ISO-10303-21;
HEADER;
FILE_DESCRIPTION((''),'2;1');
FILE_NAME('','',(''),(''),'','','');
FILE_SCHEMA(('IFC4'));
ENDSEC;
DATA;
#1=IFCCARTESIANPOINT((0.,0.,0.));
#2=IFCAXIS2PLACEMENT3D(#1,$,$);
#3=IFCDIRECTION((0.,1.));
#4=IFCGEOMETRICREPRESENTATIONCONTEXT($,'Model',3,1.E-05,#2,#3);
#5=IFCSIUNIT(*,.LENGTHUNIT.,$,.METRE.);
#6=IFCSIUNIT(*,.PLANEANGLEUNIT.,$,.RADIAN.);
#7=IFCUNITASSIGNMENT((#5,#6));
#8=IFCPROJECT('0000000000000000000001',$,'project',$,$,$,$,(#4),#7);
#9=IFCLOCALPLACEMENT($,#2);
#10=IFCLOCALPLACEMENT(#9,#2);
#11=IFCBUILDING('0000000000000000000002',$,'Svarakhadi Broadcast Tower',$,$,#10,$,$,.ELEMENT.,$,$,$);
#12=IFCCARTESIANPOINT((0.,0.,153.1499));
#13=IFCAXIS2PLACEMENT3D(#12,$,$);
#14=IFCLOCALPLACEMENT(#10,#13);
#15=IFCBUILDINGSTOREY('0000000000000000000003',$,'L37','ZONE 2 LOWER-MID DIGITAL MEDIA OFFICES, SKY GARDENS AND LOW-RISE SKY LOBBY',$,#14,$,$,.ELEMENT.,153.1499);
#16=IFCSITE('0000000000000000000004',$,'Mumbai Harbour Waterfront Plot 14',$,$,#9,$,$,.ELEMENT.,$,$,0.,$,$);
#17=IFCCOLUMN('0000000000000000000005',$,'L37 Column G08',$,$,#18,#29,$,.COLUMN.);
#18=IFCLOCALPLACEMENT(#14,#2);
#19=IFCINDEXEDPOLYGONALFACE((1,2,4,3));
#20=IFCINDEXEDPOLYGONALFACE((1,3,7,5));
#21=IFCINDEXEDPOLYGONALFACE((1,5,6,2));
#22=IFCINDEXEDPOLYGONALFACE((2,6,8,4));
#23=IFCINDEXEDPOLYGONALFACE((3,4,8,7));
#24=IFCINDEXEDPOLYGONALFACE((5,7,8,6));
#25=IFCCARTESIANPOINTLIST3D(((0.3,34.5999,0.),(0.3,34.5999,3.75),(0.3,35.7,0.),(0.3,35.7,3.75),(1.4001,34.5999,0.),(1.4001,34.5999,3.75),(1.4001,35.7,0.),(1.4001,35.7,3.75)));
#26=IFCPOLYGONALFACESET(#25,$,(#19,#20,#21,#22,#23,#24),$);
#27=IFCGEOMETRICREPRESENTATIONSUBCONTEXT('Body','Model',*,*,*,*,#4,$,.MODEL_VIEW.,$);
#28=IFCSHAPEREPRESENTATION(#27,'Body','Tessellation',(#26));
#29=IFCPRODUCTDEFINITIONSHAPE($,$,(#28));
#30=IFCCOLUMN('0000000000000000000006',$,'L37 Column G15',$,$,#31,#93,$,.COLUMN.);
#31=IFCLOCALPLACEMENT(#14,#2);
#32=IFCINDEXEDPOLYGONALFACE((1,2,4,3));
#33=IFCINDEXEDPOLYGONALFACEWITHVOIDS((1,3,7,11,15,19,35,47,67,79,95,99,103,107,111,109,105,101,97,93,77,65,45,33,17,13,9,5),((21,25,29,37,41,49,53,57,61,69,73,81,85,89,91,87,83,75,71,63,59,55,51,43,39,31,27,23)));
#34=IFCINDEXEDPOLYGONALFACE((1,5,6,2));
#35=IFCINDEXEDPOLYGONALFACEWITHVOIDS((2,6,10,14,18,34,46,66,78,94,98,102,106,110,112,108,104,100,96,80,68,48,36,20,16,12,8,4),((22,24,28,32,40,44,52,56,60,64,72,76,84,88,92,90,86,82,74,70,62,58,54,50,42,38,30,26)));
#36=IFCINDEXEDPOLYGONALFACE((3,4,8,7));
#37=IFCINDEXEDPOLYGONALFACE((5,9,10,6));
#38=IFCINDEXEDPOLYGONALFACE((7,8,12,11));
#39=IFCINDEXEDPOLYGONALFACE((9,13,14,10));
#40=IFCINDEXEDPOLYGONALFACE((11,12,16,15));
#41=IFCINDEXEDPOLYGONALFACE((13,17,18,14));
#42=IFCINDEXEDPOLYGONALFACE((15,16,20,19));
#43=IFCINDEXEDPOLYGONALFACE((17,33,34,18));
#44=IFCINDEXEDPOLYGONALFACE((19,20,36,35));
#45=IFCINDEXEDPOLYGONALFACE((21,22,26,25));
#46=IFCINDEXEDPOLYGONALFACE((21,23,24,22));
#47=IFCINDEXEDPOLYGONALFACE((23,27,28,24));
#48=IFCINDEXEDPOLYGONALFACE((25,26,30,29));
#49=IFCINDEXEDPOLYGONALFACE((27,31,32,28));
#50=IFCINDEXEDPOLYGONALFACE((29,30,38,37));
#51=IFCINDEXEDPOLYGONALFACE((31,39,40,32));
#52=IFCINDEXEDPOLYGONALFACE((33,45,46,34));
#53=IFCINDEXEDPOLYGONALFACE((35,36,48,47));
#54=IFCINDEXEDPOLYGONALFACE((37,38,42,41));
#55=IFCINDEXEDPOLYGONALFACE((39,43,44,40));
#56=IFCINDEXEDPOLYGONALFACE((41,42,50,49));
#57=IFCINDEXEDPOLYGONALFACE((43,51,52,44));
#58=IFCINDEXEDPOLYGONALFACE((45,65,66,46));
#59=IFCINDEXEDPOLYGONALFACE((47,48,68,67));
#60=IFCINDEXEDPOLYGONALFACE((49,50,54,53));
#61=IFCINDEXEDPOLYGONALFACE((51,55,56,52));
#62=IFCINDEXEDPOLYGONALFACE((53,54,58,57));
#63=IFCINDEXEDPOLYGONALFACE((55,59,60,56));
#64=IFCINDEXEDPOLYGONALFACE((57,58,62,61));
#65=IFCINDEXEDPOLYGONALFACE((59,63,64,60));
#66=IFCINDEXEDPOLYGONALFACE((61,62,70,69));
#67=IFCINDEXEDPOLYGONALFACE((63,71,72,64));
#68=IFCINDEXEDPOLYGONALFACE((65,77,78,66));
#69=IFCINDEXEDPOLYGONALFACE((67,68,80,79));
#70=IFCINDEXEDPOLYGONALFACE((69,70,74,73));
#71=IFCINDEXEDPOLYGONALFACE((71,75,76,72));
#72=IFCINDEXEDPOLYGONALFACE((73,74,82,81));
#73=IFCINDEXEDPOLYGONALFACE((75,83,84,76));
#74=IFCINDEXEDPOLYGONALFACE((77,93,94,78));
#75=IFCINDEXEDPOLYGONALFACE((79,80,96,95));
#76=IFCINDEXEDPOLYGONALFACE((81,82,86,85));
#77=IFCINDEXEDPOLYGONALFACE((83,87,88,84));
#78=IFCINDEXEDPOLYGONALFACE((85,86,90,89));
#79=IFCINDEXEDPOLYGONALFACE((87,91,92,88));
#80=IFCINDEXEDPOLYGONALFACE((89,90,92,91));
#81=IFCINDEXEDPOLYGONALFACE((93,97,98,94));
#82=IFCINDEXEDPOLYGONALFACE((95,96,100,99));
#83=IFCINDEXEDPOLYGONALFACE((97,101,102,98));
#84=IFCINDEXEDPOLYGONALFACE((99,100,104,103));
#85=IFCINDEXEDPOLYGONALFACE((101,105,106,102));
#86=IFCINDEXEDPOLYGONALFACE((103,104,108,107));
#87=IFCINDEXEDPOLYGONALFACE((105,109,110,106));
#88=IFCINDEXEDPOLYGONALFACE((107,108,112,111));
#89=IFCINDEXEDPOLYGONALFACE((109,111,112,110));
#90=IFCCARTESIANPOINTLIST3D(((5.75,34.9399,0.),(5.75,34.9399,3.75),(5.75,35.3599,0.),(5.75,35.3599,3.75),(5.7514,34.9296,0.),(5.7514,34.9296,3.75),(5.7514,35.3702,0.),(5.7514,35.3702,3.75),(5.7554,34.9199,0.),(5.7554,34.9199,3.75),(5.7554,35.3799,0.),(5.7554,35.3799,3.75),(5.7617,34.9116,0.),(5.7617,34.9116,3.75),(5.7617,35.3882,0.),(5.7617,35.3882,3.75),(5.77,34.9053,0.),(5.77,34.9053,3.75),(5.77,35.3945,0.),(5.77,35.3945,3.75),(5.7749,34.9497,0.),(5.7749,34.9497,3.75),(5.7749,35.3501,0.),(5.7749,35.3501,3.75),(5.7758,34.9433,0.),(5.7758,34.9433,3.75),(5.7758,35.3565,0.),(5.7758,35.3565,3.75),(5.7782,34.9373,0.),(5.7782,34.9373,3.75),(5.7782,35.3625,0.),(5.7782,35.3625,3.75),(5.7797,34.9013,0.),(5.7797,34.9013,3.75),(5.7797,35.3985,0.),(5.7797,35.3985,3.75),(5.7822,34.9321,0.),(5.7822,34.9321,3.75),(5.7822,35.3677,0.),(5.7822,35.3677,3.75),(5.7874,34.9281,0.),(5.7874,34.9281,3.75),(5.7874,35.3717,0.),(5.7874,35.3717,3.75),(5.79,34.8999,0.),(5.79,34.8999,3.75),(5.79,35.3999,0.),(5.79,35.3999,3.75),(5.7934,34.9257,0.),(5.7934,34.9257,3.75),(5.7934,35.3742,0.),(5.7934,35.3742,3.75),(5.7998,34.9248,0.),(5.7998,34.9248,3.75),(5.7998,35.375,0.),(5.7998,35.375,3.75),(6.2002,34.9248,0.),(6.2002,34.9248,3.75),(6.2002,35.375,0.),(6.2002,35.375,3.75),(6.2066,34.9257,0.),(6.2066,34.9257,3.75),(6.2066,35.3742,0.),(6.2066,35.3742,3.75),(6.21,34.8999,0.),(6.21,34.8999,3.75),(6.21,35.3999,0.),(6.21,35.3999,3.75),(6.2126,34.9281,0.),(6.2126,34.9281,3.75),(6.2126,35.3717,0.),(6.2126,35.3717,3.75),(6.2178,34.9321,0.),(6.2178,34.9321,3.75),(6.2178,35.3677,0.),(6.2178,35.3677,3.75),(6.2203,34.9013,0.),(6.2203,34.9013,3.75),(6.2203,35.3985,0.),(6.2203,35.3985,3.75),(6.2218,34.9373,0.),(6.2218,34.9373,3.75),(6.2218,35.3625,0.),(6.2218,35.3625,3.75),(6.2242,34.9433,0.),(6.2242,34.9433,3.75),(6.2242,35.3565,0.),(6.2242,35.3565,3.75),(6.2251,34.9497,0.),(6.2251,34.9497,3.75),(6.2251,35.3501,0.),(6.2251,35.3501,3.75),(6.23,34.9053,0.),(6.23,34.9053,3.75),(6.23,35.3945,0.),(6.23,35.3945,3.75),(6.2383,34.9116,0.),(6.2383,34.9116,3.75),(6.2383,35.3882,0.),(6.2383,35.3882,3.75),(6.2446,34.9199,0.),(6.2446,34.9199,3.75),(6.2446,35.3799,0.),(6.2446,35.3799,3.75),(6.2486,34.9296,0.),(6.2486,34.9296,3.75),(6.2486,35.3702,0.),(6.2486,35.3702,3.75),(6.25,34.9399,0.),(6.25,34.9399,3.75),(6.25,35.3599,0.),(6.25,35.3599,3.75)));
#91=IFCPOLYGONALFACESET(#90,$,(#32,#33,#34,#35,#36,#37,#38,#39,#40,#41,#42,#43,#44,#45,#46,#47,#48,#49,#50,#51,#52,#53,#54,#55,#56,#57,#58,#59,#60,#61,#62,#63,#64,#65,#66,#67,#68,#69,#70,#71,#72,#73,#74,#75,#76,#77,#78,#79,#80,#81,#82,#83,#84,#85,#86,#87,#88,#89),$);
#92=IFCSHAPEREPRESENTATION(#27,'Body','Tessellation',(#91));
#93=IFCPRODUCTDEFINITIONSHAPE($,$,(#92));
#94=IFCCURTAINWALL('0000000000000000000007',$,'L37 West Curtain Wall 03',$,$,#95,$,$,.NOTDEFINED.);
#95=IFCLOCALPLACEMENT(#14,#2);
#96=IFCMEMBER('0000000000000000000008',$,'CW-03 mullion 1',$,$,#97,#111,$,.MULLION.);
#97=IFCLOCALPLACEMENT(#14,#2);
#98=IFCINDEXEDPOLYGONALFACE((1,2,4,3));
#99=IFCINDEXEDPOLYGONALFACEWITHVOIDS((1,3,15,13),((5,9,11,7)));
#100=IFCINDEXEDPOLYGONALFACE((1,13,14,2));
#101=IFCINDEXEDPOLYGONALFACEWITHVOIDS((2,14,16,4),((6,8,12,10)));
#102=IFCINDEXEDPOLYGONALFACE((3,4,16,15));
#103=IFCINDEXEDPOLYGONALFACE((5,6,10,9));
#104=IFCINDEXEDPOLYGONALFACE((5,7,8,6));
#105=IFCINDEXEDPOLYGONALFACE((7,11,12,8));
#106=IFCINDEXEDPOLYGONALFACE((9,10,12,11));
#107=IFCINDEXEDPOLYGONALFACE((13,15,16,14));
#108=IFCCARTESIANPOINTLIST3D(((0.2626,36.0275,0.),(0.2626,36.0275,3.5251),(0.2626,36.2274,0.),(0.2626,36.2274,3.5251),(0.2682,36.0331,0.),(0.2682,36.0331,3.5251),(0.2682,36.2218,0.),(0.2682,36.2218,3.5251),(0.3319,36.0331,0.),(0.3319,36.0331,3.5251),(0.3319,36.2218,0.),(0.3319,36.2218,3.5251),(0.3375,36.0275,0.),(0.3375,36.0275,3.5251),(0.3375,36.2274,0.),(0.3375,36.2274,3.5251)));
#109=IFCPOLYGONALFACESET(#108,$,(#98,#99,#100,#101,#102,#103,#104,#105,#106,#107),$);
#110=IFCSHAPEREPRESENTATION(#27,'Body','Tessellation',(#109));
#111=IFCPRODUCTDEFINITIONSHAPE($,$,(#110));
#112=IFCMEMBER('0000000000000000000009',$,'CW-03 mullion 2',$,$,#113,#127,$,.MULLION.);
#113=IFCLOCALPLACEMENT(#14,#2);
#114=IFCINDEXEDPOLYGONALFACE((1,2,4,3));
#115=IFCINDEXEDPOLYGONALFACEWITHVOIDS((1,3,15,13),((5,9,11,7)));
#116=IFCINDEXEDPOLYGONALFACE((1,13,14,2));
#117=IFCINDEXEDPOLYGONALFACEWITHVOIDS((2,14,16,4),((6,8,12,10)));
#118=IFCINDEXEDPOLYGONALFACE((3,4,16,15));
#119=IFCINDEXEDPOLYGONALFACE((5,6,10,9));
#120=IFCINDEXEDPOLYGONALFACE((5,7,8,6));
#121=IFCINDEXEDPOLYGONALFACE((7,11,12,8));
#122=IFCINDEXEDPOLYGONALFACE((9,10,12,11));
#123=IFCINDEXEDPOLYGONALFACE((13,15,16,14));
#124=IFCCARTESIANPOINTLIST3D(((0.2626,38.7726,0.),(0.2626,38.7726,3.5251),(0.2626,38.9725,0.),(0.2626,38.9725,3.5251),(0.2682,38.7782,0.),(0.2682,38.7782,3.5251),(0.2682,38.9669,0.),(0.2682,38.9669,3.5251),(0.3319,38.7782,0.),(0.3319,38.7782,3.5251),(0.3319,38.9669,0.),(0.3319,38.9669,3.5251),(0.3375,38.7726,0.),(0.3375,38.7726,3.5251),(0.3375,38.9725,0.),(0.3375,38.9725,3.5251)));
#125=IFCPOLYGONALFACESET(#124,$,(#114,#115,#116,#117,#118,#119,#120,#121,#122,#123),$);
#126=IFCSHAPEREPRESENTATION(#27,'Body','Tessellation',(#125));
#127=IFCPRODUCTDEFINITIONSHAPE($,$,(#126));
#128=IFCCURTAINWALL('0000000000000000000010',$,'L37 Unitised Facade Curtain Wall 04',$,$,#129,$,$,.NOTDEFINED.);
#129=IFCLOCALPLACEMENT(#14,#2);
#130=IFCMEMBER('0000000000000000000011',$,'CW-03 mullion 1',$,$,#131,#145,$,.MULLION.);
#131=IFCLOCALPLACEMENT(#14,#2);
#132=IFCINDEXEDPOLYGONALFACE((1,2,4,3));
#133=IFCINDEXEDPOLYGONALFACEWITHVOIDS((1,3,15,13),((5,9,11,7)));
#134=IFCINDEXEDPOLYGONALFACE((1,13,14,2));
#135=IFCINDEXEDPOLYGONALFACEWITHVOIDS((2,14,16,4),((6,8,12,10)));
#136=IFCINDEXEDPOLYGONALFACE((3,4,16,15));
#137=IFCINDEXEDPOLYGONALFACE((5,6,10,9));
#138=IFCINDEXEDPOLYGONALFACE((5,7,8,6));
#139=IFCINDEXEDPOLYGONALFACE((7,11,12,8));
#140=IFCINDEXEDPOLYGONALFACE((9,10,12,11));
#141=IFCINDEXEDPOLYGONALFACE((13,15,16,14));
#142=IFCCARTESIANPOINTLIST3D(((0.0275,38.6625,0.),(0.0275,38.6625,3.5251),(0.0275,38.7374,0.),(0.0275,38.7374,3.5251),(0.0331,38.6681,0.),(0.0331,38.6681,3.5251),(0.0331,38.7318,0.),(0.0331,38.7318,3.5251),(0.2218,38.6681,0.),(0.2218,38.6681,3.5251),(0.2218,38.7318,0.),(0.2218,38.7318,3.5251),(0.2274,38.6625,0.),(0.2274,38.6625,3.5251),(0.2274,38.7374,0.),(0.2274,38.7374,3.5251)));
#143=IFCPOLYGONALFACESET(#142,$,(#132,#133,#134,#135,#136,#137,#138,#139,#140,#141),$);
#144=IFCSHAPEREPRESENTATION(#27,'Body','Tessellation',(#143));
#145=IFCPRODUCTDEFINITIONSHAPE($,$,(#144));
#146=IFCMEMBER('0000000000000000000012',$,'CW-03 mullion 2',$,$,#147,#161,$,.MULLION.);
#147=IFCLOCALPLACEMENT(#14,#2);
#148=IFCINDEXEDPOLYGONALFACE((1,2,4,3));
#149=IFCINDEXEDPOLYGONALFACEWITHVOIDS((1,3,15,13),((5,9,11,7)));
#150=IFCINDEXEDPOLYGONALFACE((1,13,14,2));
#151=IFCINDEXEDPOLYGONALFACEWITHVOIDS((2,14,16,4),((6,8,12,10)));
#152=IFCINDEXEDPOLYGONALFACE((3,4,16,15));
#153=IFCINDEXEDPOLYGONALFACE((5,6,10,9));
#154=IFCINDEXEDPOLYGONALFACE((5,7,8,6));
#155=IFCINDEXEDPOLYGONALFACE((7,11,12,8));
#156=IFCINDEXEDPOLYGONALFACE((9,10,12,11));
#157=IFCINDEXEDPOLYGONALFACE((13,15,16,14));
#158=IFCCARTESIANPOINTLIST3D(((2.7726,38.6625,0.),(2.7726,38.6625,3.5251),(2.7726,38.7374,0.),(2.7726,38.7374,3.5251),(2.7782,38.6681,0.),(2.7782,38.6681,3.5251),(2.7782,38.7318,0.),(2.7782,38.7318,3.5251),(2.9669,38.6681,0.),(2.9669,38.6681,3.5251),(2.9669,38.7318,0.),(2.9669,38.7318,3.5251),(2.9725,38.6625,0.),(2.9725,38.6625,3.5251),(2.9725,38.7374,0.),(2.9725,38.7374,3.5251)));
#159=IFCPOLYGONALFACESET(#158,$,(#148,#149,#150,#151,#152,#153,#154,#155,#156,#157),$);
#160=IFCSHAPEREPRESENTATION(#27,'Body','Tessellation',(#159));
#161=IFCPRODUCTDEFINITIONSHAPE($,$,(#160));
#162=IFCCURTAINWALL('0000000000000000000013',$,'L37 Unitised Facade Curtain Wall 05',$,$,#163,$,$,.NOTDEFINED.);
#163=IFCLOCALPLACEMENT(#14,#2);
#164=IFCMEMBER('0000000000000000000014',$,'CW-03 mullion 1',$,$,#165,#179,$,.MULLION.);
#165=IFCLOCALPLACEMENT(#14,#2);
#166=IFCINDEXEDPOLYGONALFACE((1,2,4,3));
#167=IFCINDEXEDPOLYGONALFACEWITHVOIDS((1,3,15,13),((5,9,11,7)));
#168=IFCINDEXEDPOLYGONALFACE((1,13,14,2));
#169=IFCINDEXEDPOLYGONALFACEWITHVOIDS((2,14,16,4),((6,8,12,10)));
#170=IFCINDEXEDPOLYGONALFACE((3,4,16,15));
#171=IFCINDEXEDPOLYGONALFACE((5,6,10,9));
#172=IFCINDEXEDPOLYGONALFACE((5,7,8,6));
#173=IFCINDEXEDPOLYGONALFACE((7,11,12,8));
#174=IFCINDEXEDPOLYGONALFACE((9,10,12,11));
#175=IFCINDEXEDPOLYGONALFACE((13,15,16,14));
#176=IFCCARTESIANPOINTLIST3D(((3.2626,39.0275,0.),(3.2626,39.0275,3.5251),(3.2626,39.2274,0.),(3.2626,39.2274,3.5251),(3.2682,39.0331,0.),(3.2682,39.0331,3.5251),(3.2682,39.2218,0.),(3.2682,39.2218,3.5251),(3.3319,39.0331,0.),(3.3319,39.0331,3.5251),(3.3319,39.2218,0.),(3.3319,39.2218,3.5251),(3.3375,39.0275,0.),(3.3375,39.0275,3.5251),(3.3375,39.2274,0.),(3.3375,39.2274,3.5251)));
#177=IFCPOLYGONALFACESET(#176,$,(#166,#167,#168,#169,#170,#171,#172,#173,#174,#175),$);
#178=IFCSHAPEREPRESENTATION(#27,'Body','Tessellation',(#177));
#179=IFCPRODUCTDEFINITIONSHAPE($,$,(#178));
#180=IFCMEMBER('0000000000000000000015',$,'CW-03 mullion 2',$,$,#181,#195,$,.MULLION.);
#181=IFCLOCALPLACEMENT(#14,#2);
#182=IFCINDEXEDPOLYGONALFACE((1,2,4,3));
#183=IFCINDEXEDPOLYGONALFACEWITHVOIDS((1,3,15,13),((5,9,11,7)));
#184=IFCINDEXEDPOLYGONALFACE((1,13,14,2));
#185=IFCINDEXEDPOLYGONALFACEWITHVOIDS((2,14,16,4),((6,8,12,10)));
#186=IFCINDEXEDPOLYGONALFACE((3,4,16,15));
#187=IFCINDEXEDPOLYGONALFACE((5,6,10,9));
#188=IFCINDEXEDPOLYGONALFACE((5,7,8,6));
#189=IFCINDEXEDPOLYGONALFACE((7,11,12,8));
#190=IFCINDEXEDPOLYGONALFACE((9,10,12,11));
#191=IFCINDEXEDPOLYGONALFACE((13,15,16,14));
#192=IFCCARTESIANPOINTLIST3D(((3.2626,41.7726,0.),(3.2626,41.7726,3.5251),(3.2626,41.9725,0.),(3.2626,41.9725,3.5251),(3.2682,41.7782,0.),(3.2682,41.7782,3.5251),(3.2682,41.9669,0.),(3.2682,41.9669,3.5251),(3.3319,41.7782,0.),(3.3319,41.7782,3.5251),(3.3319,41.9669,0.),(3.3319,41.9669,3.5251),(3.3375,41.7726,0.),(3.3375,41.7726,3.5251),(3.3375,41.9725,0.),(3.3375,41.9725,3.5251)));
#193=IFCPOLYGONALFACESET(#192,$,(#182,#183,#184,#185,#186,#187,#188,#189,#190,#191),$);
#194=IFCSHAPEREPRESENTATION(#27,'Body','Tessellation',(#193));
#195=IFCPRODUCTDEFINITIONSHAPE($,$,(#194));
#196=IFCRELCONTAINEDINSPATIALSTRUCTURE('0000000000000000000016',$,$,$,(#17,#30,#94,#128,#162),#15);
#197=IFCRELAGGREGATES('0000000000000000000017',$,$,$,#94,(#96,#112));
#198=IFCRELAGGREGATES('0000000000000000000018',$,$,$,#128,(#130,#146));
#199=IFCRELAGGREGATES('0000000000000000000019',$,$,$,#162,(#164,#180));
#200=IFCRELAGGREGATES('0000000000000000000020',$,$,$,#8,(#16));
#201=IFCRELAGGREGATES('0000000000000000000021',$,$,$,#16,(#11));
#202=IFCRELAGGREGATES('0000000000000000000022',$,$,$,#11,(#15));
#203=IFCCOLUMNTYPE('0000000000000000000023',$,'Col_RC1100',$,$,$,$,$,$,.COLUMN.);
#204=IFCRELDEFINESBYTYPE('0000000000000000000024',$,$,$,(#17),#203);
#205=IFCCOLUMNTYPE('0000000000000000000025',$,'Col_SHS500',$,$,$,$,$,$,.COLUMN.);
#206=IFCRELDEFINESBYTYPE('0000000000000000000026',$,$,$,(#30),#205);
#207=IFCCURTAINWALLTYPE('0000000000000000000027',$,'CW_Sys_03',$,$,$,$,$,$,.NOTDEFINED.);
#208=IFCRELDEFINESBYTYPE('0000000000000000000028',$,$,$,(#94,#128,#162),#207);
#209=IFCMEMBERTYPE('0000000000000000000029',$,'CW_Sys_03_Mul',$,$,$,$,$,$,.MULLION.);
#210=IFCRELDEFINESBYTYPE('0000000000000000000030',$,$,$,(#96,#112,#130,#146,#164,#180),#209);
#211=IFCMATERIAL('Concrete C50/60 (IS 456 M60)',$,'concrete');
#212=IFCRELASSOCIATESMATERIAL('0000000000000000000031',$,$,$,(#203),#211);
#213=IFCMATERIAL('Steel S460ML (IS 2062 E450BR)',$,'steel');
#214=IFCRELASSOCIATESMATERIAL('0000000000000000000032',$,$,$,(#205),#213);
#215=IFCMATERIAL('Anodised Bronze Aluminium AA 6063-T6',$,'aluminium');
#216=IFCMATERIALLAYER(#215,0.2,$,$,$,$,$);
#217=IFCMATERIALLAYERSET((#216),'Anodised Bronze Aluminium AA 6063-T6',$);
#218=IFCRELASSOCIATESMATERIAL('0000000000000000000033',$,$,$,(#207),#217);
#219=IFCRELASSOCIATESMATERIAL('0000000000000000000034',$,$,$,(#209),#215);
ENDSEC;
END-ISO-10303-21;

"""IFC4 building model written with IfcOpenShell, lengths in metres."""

from ifc_helpers import new_model, si_unit, direction, frame, origin, origin_2d, place, context, subcontext, project, spatial, rectangle, hollow_rectangle, extrude, material, layer, layer_set, material_profile, profile_set, type_object, element, aggregate, save


model = new_model("IFC4")

# Units and contexts
model_context = context("Model", 3, precision=1e-05, world=origin(), true_north=direction((0.0, 1.0)))
body_context = subcontext(model_context, "Body", "Model", "MODEL_VIEW")
ifc_project = project(units=[si_unit("LENGTHUNIT", "METRE"), si_unit("PLANEANGLEUNIT", "RADIAN")], contexts=[model_context])

# Site, building, storey
site_placement = place(None, origin())
site = spatial("IfcSite", under=ifc_project, at=site_placement, Name="Mumbai Harbour Waterfront Plot 14", CompositionType="ELEMENT", RefElevation=0.0)
building_placement = place(site_placement, origin())
building = spatial("IfcBuilding", under=site, at=building_placement, Name="Svarakhadi Broadcast Tower", CompositionType="ELEMENT")
storey_placement = place(building_placement, frame((0.0, 0.0, 153.1499)))
storey = spatial("IfcBuildingStorey", under=building, at=storey_placement, Name="L37", Description="ZONE 2 LOWER-MID DIGITAL MEDIA OFFICES, SKY GARDENS AND LOW-RISE SKY LOBBY", CompositionType="ELEMENT", Elevation=153.1499)

# Columns
ifc_material_1 = material(Name="Concrete C50/60 (IS 456 M60)", Category="concrete")
ifc_material_profile_1 = material_profile(ifc_material_1, rectangle(XDim=1.1001, YDim=1.1001, at=origin_2d()), Name="RC 1100x1100")
ifc_profile_set_1 = profile_set([ifc_material_profile_1], Name="Concrete C50/60 (IS 456 M60)")
column_type_1 = type_object("IfcColumnType", Name="Col_RC1100", PredefinedType="COLUMN", material=ifc_profile_set_1)
column_1_placement = place(storey_placement, frame((0.8501, 35.1499, 0.0), z_axis=(0.0, 0.0, 1.0), x_axis=(1.0, 0.0, 0.0)))
element("IfcColumn", 1, at=column_1_placement, inside=storey, type_object=column_type_1, Name="L37 Column G08", PredefinedType="COLUMN", context=body_context, shape_type="SweptSolid", body=[
    extrude(rectangle(XDim=1.1001, YDim=1.1001, at=origin_2d()), origin(), (0.0, 0.0, 1.0), 3.75),
])
ifc_material_2 = material(Name="Steel S460ML (IS 2062 E450BR)", Category="steel")
ifc_material_profile_2 = material_profile(ifc_material_2, hollow_rectangle(XDim=0.5, YDim=0.5, WallThickness=0.0249, InnerFilletRadius=0.0249, OuterFilletRadius=0.04, at=origin_2d()), Name="SHS 500x500x25")
ifc_profile_set_2 = profile_set([ifc_material_profile_2], Name="Steel S460ML (IS 2062 E450BR)")
column_type_2 = type_object("IfcColumnType", Name="Col_SHS500", PredefinedType="COLUMN", material=ifc_profile_set_2)
column_2_placement = place(storey_placement, frame((6.0, 35.1499, 0.0), z_axis=(0.0, 0.0, 1.0), x_axis=(1.0, 0.0, 0.0)))
element("IfcColumn", 2, at=column_2_placement, inside=storey, type_object=column_type_2, Name="L37 Column G15", PredefinedType="COLUMN", context=body_context, shape_type="SweptSolid", body=[
    extrude(hollow_rectangle(XDim=0.5, YDim=0.5, WallThickness=0.0249, InnerFilletRadius=0.0249, OuterFilletRadius=0.04, at=origin_2d()), origin(), (0.0, 0.0, 1.0), 3.75),
])

# Curtain walls, members
ifc_material_3 = material(Name="Anodised Bronze Aluminium AA 6063-T6", Category="aluminium")
ifc_layer_1 = layer(ifc_material_3, 0.2)
ifc_layer_set_1 = layer_set([ifc_layer_1], Name="Anodised Bronze Aluminium AA 6063-T6")
curtain_wall_type = type_object("IfcCurtainWallType", Name="CW_Sys_03", PredefinedType="NOTDEFINED", material=ifc_layer_set_1)
curtain_wall_1_placement = place(storey_placement, origin())
curtain_wall_1 = element("IfcCurtainWall", 3, at=curtain_wall_1_placement, inside=storey, type_object=curtain_wall_type, Name="L37 West Curtain Wall 03", PredefinedType="NOTDEFINED")
ifc_material_profile_3 = material_profile(ifc_material_3, hollow_rectangle(XDim=0.075, YDim=0.2, WallThickness=0.0056, at=origin_2d()), Name="ALU MULLION 200x75x6")
ifc_profile_set_3 = profile_set([ifc_material_profile_3], Name="Anodised Bronze Aluminium AA 6063-T6")
member_type_1 = type_object("IfcMemberType", Name="CW_Sys_03_Mul", PredefinedType="MULLION", material=ifc_profile_set_3)
member_1_placement = place(storey_placement, frame((0.3, 36.1274, 0.0), z_axis=(0.0, 0.0, 1.0), x_axis=(-1.0, 0.0, 0.0)))
member_1 = element("IfcMember", 4, at=member_1_placement, type_object=member_type_1, Name="CW-03 mullion 1", PredefinedType="MULLION", context=body_context, shape_type="SweptSolid", body=[
    extrude(hollow_rectangle(XDim=0.075, YDim=0.2, WallThickness=0.0056, at=origin_2d()), origin(), (0.0, 0.0, 1.0), 3.5251),
])
member_2_placement = place(storey_placement, frame((0.3, 38.8726, 0.0), z_axis=(0.0, 0.0, 1.0), x_axis=(-1.0, 0.0, 0.0)))
member_2 = element("IfcMember", 5, at=member_2_placement, type_object=member_type_1, Name="CW-03 mullion 2", PredefinedType="MULLION", context=body_context, shape_type="SweptSolid", body=[
    extrude(hollow_rectangle(XDim=0.075, YDim=0.2, WallThickness=0.0056, at=origin_2d()), origin(), (0.0, 0.0, 1.0), 3.5251),
])
curtain_wall_2_placement = place(storey_placement, origin())
curtain_wall_2 = element("IfcCurtainWall", 6, at=curtain_wall_2_placement, inside=storey, type_object=curtain_wall_type, Name="L37 Unitised Facade Curtain Wall 04", PredefinedType="NOTDEFINED")
member_3_placement = place(storey_placement, frame((0.1274, 38.7, 0.0), z_axis=(0.0, 0.0, 1.0), x_axis=(0.0, 1.0, 0.0)))
member_3 = element("IfcMember", 7, at=member_3_placement, type_object=member_type_1, Name="CW-03 mullion 1", PredefinedType="MULLION", context=body_context, shape_type="SweptSolid", body=[
    extrude(hollow_rectangle(XDim=0.075, YDim=0.2, WallThickness=0.0056, at=origin_2d()), origin(), (0.0, 0.0, 1.0), 3.5251),
])
member_4_placement = place(storey_placement, frame((2.8726, 38.7, 0.0), z_axis=(0.0, 0.0, 1.0), x_axis=(0.0, 1.0, 0.0)))
member_4 = element("IfcMember", 8, at=member_4_placement, type_object=member_type_1, Name="CW-03 mullion 2", PredefinedType="MULLION", context=body_context, shape_type="SweptSolid", body=[
    extrude(hollow_rectangle(XDim=0.075, YDim=0.2, WallThickness=0.0056, at=origin_2d()), origin(), (0.0, 0.0, 1.0), 3.5251),
])
curtain_wall_3_placement = place(storey_placement, origin())
curtain_wall_3 = element("IfcCurtainWall", 9, at=curtain_wall_3_placement, inside=storey, type_object=curtain_wall_type, Name="L37 Unitised Facade Curtain Wall 05", PredefinedType="NOTDEFINED")
member_5_placement = place(storey_placement, frame((3.3, 39.1274, 0.0), z_axis=(0.0, 0.0, 1.0), x_axis=(-1.0, 0.0, 0.0)))
member_5 = element("IfcMember", 10, at=member_5_placement, type_object=member_type_1, Name="CW-03 mullion 1", PredefinedType="MULLION", context=body_context, shape_type="SweptSolid", body=[
    extrude(hollow_rectangle(XDim=0.075, YDim=0.2, WallThickness=0.0056, at=origin_2d()), origin(), (0.0, 0.0, 1.0), 3.5251),
])
member_6_placement = place(storey_placement, frame((3.3, 41.8726, 0.0), z_axis=(0.0, 0.0, 1.0), x_axis=(-1.0, 0.0, 0.0)))
member_6 = element("IfcMember", 11, at=member_6_placement, type_object=member_type_1, Name="CW-03 mullion 2", PredefinedType="MULLION", context=body_context, shape_type="SweptSolid", body=[
    extrude(hollow_rectangle(XDim=0.075, YDim=0.2, WallThickness=0.0056, at=origin_2d()), origin(), (0.0, 0.0, 1.0), 3.5251),
])

aggregate(curtain_wall_1, [member_1, member_2])
aggregate(curtain_wall_2, [member_3, member_4])
aggregate(curtain_wall_3, [member_5, member_6])

save(model, "model.ifc")
